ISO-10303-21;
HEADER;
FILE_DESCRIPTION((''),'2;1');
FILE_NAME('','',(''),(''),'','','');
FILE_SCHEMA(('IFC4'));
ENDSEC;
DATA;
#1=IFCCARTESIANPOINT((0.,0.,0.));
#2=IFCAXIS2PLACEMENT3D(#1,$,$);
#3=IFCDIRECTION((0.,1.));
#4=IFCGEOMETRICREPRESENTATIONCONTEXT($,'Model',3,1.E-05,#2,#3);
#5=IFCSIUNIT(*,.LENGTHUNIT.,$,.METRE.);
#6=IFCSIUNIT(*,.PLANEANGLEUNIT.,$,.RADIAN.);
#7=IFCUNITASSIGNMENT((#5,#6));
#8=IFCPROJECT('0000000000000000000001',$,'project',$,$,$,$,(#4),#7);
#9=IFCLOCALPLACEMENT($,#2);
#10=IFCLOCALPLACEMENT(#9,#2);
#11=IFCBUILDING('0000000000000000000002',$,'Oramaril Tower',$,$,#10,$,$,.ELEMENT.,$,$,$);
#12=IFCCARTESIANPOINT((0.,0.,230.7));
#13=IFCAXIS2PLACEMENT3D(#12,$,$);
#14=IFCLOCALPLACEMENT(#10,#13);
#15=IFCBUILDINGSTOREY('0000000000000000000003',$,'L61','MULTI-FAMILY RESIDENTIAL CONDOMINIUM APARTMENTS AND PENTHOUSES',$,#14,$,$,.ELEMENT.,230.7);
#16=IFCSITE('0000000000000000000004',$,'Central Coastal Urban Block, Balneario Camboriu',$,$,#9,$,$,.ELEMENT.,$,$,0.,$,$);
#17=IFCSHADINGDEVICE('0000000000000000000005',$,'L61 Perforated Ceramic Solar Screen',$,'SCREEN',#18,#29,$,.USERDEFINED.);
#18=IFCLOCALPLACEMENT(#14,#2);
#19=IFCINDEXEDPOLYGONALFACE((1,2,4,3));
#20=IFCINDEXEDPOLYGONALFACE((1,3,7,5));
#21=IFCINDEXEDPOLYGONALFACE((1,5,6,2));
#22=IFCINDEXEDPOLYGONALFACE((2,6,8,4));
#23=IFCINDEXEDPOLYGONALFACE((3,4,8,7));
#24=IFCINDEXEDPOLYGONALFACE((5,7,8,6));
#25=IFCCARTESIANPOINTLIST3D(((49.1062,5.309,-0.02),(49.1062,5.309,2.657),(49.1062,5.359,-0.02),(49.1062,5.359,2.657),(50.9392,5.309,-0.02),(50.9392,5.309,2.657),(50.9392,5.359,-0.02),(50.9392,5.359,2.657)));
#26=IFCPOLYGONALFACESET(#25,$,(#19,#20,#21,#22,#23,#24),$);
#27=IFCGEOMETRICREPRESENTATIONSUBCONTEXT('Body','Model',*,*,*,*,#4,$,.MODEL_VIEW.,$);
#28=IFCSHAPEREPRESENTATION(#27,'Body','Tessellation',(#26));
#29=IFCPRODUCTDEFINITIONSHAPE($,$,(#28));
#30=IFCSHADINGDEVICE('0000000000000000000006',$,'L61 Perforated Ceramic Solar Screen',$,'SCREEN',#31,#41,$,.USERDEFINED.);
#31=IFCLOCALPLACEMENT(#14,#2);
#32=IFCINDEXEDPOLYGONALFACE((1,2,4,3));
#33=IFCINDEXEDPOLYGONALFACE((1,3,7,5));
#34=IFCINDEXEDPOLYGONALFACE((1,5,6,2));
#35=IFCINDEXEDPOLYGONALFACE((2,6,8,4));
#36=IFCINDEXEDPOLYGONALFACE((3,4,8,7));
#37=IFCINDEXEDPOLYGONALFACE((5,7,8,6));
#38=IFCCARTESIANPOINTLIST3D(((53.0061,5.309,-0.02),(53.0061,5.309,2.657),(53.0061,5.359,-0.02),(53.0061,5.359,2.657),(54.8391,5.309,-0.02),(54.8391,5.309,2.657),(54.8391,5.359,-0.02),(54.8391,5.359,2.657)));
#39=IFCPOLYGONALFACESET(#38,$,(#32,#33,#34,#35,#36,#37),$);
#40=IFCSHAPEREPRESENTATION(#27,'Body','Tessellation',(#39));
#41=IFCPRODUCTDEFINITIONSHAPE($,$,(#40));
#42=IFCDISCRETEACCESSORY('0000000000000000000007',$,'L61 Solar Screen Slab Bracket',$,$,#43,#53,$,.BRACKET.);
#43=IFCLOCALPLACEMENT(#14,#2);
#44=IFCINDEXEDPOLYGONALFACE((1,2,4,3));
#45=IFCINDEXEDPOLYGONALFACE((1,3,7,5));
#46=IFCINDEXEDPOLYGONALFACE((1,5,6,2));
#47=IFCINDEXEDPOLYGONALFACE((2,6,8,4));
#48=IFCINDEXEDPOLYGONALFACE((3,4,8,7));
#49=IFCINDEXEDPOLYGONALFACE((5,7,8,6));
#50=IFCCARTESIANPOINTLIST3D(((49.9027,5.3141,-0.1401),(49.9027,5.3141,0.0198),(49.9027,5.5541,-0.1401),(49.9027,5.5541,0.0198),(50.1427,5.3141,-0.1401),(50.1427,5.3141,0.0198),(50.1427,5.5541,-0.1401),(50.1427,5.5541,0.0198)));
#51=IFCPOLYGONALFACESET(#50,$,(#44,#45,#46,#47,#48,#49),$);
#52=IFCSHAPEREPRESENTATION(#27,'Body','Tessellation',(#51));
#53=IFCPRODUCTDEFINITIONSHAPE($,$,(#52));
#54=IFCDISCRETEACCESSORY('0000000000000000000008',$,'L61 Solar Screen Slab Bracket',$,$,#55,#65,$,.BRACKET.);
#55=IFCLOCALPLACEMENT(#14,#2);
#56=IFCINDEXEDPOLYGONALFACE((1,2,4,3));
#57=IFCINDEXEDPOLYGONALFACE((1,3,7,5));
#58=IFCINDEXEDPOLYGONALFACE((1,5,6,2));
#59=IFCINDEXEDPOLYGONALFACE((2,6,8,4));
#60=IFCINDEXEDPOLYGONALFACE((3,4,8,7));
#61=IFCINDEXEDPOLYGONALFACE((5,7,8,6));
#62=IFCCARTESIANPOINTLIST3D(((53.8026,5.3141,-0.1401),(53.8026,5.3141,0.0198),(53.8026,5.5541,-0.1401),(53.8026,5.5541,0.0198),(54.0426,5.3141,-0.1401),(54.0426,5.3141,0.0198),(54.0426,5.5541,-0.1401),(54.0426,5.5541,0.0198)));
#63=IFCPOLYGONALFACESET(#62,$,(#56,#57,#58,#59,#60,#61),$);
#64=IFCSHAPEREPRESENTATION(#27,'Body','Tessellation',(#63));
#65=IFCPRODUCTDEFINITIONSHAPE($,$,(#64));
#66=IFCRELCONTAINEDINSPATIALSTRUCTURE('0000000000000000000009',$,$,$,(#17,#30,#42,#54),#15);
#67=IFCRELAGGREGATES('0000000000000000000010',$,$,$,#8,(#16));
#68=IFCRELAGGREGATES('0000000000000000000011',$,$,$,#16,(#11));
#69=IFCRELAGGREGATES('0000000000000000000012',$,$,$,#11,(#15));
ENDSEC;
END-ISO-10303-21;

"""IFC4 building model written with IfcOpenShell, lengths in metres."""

from ifc_helpers import new_model, si_unit, direction, frame, origin, origin_2d, place, context, subcontext, project, spatial, rectangle, extrude, element, save


model = new_model("IFC4")

# Units and contexts
model_context = context("Model", 3, precision=1e-05, world=origin(), true_north=direction((0.0, 1.0)))
body_context = subcontext(model_context, "Body", "Model", "MODEL_VIEW")
ifc_project = project(units=[si_unit("LENGTHUNIT", "METRE"), si_unit("PLANEANGLEUNIT", "RADIAN")], contexts=[model_context])

# Site, building, storey
site_placement = place(None, origin())
site = spatial("IfcSite", under=ifc_project, at=site_placement, Name="Central Coastal Urban Block, Balneario Camboriu", CompositionType="ELEMENT", RefElevation=0.0)
building_placement = place(site_placement, origin())
building = spatial("IfcBuilding", under=site, at=building_placement, Name="Oramaril Tower", CompositionType="ELEMENT")
storey_placement = place(building_placement, frame((0.0, 0.0, 230.7)))
storey = spatial("IfcBuildingStorey", under=building, at=storey_placement, Name="L61", Description="MULTI-FAMILY RESIDENTIAL CONDOMINIUM APARTMENTS AND PENTHOUSES", CompositionType="ELEMENT", Elevation=230.7)

# Shading devices
for number, where, z_axis, x_axis, name in (
    (1, (50.0227, 5.334, -0.02), (0.0, 0.0, 1.0), (1.0, 0.0, 0.0), "L61 Perforated Ceramic Solar Screen"),
    (2, (53.9226, 5.334, -0.02), (0.0, 0.0, 1.0), (1.0, 0.0, 0.0), "L61 Perforated Ceramic Solar Screen"),
):
    element("IfcShadingDevice", number, at=place(storey_placement, frame(where, z_axis=z_axis, x_axis=x_axis)), inside=storey, Name=name, ObjectType="SCREEN", PredefinedType="USERDEFINED", context=body_context, shape_type="SweptSolid", body=[
        extrude(rectangle(XDim=1.833, YDim=0.05, at=origin_2d()), origin(), (0.0, 0.0, 1.0), 2.677),
    ])

# Discrete accessories
for number, where, z_axis, x_axis, name in (
    (3, (50.0227, 5.4341, -0.1401), (0.0, 0.0, 1.0), (1.0, 0.0, 0.0), "L61 Solar Screen Slab Bracket"),
    (4, (53.9226, 5.4341, -0.1401), (0.0, 0.0, 1.0), (1.0, 0.0, 0.0), "L61 Solar Screen Slab Bracket"),
):
    element("IfcDiscreteAccessory", number, at=place(storey_placement, frame(where, z_axis=z_axis, x_axis=x_axis)), inside=storey, Name=name, PredefinedType="BRACKET", context=body_context, shape_type="SweptSolid", body=[
        extrude(rectangle(XDim=0.24, YDim=0.24, at=origin_2d()), origin(), (0.0, 0.0, 1.0), 0.1599),
    ])

save(model, "model.ifc")
